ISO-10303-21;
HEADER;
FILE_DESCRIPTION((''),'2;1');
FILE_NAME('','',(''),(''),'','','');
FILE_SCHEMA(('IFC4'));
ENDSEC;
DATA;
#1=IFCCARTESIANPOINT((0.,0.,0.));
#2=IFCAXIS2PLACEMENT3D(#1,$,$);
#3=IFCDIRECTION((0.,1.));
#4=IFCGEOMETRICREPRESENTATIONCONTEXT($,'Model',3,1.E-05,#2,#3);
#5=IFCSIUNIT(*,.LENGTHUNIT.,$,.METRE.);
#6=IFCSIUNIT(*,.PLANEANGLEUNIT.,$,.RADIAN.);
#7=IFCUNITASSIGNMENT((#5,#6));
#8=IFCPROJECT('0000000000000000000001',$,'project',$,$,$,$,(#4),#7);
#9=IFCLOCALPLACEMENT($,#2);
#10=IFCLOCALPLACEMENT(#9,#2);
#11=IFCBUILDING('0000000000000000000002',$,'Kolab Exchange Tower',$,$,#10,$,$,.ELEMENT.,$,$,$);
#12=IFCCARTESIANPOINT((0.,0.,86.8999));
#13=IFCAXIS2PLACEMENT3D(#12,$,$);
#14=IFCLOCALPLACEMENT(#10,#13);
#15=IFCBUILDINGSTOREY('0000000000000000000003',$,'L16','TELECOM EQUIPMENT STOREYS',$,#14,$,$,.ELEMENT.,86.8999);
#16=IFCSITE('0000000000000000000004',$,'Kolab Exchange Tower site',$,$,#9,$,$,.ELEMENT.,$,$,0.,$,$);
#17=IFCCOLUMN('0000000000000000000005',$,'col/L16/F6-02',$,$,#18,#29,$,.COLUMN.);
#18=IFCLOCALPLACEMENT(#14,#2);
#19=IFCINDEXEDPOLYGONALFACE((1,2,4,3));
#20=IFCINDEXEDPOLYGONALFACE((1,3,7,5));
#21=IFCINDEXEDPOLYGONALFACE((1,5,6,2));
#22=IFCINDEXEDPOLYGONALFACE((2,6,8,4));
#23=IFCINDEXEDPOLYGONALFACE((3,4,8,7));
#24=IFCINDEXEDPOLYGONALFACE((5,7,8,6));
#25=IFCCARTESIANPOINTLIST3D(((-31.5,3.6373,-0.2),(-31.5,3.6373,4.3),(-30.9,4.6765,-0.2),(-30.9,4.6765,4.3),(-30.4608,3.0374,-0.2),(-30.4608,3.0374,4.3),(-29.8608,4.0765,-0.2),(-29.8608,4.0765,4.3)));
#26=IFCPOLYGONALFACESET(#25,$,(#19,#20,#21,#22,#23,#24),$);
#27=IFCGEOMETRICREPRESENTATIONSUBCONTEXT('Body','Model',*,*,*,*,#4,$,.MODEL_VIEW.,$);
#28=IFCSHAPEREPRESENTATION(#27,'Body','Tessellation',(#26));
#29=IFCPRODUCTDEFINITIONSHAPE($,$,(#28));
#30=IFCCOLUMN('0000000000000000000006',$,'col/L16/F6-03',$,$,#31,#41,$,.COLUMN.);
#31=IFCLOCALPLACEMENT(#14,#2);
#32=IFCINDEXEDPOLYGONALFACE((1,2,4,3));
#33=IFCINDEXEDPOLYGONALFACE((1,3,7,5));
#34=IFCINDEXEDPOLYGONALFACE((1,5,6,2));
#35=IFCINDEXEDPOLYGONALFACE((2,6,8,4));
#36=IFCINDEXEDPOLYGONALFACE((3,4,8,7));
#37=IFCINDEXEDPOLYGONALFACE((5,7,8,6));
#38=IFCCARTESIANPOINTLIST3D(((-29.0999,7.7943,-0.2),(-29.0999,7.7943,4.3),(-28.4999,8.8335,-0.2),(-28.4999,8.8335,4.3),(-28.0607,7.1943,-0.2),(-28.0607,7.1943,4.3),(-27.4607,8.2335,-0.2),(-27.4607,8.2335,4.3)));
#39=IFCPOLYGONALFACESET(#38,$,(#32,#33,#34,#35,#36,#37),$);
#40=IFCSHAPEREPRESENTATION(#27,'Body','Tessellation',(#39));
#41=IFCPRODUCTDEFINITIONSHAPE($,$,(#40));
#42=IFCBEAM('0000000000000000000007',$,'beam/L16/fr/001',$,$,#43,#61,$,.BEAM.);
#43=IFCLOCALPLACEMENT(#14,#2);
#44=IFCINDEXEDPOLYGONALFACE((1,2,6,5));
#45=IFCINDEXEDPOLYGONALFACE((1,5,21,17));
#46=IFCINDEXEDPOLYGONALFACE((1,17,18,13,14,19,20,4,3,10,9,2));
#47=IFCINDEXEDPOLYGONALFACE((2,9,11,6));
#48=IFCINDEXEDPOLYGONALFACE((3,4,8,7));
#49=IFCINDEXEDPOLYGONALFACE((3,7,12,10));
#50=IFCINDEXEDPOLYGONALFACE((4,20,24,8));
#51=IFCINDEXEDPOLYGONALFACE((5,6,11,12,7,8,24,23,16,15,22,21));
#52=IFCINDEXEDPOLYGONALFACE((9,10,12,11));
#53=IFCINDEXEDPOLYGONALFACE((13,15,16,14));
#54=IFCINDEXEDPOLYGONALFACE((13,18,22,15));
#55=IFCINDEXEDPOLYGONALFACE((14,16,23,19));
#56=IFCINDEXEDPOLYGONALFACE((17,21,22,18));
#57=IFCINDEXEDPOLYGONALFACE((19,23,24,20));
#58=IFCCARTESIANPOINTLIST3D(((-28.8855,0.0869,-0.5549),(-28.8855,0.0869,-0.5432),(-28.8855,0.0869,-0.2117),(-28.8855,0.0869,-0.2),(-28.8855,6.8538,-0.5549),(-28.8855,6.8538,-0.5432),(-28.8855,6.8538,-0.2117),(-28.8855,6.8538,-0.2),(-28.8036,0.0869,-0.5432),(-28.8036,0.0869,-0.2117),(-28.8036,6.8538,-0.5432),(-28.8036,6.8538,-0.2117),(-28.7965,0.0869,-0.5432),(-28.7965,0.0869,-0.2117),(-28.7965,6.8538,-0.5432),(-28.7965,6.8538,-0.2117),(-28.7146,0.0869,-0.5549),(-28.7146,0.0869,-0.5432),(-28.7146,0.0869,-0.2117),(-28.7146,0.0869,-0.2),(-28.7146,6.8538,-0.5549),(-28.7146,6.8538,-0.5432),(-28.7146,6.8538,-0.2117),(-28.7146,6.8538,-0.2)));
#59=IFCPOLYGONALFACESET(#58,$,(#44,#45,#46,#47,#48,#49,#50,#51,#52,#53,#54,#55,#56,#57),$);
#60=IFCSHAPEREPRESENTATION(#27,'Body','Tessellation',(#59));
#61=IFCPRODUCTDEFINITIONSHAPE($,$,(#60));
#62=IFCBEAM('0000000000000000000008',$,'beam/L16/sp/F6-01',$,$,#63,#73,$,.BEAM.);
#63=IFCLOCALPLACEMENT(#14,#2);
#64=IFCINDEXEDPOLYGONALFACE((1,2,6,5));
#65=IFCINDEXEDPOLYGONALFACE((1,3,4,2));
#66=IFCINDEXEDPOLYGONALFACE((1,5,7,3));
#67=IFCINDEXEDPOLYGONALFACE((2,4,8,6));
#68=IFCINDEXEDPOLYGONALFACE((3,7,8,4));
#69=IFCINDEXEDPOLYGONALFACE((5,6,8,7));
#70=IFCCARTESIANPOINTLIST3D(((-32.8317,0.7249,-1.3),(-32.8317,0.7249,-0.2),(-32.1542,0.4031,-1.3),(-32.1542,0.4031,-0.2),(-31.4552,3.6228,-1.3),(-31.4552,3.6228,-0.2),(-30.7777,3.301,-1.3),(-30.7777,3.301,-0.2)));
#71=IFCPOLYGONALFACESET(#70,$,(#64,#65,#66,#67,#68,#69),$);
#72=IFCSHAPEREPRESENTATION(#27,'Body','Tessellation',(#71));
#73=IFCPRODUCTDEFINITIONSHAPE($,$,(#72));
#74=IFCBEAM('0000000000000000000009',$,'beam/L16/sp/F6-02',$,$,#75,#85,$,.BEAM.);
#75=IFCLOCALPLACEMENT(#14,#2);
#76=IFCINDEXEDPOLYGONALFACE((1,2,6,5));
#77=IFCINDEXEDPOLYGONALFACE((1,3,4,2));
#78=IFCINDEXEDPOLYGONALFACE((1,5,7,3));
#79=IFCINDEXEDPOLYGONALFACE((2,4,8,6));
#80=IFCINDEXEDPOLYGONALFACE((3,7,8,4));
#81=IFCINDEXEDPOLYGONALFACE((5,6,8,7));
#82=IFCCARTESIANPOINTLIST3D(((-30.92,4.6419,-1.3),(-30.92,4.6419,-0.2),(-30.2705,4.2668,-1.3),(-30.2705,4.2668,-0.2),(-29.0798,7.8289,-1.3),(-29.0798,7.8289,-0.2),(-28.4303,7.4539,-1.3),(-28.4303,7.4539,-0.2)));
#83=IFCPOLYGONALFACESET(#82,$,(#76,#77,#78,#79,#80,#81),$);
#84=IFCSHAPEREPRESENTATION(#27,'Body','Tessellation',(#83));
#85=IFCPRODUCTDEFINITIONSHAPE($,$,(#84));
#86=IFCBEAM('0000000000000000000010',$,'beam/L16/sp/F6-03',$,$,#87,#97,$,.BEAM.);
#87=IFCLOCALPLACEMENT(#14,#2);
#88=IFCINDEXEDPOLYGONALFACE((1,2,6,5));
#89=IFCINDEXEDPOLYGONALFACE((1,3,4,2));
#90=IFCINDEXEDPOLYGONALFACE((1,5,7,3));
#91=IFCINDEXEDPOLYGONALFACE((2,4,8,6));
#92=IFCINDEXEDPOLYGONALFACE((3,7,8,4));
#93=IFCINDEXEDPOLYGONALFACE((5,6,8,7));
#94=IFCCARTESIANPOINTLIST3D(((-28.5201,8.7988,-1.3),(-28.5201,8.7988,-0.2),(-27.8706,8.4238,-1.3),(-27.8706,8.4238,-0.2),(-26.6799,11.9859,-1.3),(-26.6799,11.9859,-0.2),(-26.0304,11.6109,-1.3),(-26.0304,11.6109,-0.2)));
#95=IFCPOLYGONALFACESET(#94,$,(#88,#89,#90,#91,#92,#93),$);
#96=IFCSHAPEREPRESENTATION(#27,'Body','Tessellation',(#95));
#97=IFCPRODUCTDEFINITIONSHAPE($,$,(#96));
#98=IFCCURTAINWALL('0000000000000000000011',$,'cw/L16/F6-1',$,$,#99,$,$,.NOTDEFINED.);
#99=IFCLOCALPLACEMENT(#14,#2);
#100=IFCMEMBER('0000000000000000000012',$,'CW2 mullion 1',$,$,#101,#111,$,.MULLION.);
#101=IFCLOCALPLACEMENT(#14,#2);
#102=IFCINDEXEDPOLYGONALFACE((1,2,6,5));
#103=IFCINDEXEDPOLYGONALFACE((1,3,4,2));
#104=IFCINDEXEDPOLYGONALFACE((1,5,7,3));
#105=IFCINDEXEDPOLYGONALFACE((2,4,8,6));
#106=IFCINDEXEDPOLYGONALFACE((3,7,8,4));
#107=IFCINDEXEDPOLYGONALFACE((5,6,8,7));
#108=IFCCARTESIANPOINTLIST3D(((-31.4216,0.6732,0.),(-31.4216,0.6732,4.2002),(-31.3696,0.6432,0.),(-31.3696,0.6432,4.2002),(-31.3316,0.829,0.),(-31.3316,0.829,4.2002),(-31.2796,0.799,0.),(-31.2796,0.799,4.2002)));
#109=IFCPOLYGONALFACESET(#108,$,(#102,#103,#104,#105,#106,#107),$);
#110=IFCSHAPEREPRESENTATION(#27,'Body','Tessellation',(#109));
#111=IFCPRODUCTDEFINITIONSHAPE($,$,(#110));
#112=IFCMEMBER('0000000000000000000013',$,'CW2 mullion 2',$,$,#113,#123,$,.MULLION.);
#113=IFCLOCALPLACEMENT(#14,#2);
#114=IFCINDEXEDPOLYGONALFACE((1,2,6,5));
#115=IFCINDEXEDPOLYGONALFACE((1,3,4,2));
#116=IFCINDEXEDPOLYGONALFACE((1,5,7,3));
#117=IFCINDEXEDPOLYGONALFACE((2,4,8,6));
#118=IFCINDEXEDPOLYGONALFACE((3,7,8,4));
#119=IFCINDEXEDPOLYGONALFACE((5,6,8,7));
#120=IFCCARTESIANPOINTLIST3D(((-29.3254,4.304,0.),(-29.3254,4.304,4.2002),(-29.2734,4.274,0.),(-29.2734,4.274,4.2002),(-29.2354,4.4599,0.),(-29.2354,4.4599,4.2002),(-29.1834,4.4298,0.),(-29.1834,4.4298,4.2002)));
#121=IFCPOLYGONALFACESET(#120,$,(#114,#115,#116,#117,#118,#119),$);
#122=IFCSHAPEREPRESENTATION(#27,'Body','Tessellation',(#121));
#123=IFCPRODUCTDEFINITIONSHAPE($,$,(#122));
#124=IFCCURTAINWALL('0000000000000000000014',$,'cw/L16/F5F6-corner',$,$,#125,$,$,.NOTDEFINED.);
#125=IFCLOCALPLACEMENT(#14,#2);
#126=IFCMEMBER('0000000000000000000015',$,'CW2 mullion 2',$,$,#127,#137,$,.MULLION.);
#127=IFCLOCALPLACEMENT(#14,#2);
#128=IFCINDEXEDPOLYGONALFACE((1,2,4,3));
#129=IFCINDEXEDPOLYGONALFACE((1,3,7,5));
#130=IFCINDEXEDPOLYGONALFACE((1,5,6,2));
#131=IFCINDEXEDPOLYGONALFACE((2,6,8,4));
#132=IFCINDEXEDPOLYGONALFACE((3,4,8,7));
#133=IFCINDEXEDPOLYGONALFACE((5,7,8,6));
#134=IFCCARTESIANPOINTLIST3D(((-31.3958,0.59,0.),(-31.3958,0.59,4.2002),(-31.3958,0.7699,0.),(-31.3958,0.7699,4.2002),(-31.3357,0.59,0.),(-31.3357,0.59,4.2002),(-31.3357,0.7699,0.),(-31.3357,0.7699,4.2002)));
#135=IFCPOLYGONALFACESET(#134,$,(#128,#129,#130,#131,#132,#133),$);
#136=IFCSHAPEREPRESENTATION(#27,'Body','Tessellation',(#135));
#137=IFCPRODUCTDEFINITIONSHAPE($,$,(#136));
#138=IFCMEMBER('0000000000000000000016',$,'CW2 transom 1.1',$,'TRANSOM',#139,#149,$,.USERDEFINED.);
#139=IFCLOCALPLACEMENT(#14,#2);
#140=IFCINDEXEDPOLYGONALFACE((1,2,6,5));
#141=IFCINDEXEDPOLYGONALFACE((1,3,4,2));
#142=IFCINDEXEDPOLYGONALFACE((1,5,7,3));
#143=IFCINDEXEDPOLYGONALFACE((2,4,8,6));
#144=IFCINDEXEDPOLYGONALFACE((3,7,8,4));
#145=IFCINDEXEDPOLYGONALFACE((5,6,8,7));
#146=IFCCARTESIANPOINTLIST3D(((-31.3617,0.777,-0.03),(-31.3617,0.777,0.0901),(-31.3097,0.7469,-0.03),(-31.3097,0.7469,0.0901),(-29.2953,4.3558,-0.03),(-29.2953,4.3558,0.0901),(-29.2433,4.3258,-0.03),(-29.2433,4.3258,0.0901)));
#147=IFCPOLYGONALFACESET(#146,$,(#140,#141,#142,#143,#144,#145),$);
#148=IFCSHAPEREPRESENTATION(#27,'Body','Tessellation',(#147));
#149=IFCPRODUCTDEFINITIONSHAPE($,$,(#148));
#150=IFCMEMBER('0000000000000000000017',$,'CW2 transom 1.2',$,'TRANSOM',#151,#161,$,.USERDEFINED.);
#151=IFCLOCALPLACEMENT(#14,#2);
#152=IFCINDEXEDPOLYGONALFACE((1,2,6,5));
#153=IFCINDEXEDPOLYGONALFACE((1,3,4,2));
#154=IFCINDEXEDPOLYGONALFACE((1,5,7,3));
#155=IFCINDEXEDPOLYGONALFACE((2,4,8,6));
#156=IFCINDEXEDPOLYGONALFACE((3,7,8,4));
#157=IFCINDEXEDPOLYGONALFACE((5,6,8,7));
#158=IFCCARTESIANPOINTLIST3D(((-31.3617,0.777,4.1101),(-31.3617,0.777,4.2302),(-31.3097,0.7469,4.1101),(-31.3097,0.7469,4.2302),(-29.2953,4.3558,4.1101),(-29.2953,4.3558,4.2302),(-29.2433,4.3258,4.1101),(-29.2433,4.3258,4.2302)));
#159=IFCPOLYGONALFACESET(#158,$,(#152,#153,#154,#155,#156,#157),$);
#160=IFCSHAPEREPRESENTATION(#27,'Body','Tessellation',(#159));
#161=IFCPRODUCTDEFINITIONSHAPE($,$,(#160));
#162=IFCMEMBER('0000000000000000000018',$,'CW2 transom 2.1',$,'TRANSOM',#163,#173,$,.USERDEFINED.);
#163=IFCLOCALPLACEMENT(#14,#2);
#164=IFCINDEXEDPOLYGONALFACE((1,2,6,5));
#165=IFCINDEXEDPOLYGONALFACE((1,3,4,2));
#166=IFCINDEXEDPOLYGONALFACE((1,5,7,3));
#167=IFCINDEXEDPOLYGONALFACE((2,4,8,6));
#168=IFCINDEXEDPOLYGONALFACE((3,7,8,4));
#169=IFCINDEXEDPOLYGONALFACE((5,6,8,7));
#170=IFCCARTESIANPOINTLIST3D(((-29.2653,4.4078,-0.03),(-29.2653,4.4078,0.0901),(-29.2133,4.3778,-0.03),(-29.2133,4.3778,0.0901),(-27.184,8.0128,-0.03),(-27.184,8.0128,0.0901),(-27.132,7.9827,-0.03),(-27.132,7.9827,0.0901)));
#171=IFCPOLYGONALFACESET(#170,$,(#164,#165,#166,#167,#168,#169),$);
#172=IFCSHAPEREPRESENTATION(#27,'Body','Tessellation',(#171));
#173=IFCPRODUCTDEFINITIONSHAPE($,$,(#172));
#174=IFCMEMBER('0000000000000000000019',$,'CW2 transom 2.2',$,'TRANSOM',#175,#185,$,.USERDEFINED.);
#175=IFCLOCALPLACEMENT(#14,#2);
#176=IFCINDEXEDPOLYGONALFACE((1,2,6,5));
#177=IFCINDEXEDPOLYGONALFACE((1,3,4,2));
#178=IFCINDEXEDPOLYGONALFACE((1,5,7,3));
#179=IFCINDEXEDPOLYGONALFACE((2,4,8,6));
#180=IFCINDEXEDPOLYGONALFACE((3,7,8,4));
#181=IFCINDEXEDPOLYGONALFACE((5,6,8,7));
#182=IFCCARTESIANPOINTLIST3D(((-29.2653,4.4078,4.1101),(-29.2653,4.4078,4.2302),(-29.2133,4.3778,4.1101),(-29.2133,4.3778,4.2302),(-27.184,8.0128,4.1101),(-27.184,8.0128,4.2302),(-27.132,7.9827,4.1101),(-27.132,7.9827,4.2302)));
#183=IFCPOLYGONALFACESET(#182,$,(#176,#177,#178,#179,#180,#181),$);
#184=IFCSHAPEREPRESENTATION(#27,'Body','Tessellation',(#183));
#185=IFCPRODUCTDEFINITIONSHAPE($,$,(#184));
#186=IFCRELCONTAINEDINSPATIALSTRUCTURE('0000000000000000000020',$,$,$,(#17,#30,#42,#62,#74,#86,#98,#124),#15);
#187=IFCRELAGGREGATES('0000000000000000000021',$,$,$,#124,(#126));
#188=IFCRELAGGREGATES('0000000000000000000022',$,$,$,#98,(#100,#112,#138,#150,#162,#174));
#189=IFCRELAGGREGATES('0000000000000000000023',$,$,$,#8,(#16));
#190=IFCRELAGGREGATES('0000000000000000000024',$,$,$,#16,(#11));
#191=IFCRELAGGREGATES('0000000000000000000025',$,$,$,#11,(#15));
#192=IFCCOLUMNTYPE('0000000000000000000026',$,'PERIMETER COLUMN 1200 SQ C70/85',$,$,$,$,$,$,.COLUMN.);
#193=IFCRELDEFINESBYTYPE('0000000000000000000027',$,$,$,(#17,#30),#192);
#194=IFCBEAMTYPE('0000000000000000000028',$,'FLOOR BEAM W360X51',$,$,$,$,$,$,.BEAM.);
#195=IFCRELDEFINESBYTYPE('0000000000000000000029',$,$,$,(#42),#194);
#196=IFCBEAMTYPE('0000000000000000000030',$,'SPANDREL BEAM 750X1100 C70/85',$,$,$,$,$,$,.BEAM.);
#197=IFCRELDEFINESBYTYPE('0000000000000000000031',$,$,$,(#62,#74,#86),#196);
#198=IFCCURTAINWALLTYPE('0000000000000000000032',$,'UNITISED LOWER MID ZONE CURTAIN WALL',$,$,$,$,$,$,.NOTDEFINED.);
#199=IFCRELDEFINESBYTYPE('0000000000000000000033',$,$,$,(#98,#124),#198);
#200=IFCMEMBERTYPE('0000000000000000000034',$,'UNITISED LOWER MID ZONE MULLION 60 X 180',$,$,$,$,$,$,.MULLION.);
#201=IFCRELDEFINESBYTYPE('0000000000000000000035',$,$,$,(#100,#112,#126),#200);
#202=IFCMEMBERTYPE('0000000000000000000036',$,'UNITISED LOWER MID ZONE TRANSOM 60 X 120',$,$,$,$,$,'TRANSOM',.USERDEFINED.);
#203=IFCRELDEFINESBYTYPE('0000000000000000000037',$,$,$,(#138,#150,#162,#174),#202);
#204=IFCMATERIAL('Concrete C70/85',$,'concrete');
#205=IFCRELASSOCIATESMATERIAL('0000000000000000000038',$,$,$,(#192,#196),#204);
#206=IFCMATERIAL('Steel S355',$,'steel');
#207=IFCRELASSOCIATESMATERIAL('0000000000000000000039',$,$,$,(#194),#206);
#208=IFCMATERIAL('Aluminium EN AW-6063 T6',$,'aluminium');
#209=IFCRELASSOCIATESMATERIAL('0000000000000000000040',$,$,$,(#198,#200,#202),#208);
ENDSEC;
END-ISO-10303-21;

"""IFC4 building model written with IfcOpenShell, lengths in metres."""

from ifc_helpers import new_model, si_unit, direction, frame, origin, origin_2d, place, context, subcontext, project, spatial, rectangle, i_section, extrude, material, material_profile, profile_set, type_object, element, aggregate, save


model = new_model("IFC4")

# Units and contexts
model_context = context("Model", 3, precision=1e-05, world=origin(), true_north=direction((0.0, 1.0)))
body_context = subcontext(model_context, "Body", "Model", "MODEL_VIEW")
ifc_project = project(units=[si_unit("LENGTHUNIT", "METRE"), si_unit("PLANEANGLEUNIT", "RADIAN")], contexts=[model_context])

# Site, building, storey
site_placement = place(None, origin())
site = spatial("IfcSite", under=ifc_project, at=site_placement, Name="Kolab Exchange Tower site", CompositionType="ELEMENT", RefElevation=0.0)
building_placement = place(site_placement, origin())
building = spatial("IfcBuilding", under=site, at=building_placement, Name="Kolab Exchange Tower", CompositionType="ELEMENT")
storey_placement = place(building_placement, frame((0.0, 0.0, 86.8999)))
storey = spatial("IfcBuildingStorey", under=building, at=storey_placement, Name="L16", Description="TELECOM EQUIPMENT STOREYS", CompositionType="ELEMENT", Elevation=86.8999)

# Columns
ifc_material_1 = material(Name="Concrete C70/85", Category="concrete")
ifc_material_profile_1 = material_profile(ifc_material_1, rectangle(XDim=1.2, YDim=1.2, at=origin_2d()), Name="RC1200")
ifc_profile_set_1 = profile_set([ifc_material_profile_1], Name="Concrete C70/85")
column_type = type_object("IfcColumnType", Name="PERIMETER COLUMN 1200 SQ C70/85", PredefinedType="COLUMN", material=ifc_profile_set_1)
for number, where, z_axis, x_axis, name in (
    (1, (-30.6804, 3.8569, -0.2), (0.0, 0.0, 1.0), (0.5, 0.866025, 0.0), "col/L16/F6-02"),
    (2, (-28.2803, 8.0139, -0.2), (0.0, 0.0, 1.0), (0.5, 0.866025, 0.0), "col/L16/F6-03"),
):
    element("IfcColumn", number, at=place(storey_placement, frame(where, z_axis=z_axis, x_axis=x_axis)), inside=storey, type_object=column_type, Name=name, PredefinedType="COLUMN", context=body_context, shape_type="SweptSolid", body=[
        extrude(rectangle(XDim=1.2, YDim=1.2, at=origin_2d()), origin(), (0.0, 0.0, 1.0), 4.5),
    ])

# Beams
ifc_material_2 = material(Name="Steel S355", Category="steel")
ifc_material_profile_2 = material_profile(ifc_material_2, i_section(OverallWidth=0.1709, OverallDepth=0.355, WebThickness=0.0071, FlangeThickness=0.0117, at=origin_2d()), Name="W360X51")
ifc_profile_set_2 = profile_set([ifc_material_profile_2], Name="Steel S355")
beam_type_1 = type_object("IfcBeamType", Name="FLOOR BEAM W360X51", PredefinedType="BEAM", material=ifc_profile_set_2)
beam_1_placement = place(storey_placement, frame((-28.8, 0.0869, -0.3774), z_axis=(0.0, 1.0, 0.0), x_axis=(-1.0, 0.0, 0.0)))
element("IfcBeam", 3, at=beam_1_placement, inside=storey, type_object=beam_type_1, Name="beam/L16/fr/001", PredefinedType="BEAM", context=body_context, shape_type="SweptSolid", body=[
    extrude(i_section(OverallWidth=0.1709, OverallDepth=0.355, WebThickness=0.0071, FlangeThickness=0.0117, at=origin_2d()), origin(), (0.0, 0.0, 1.0), 6.7668),
])
ifc_material_profile_3 = material_profile(ifc_material_1, rectangle(XDim=0.75, YDim=1.1001, at=origin_2d()), Name="RC750X1100")
ifc_profile_set_3 = profile_set([ifc_material_profile_3], Name="Concrete C70/85")
beam_type_2 = type_object("IfcBeamType", Name="SPANDREL BEAM 750X1100 C70/85", PredefinedType="BEAM", material=ifc_profile_set_3)
beam_2_placement = place(storey_placement, frame((-32.4929, 0.564, -0.75), z_axis=(0.429041, 0.903285, 0.0), x_axis=(-0.903285, 0.429041, 0.0)))
element("IfcBeam", 4, at=beam_2_placement, inside=storey, type_object=beam_type_2, Name="beam/L16/sp/F6-01", PredefinedType="BEAM", context=body_context, shape_type="SweptSolid", body=[
    extrude(rectangle(XDim=0.75, YDim=1.1001, at=origin_2d()), origin(), (0.0, 0.0, 1.0), 3.2083),
])
for number, where, z_axis, x_axis, name in (
    (5, (-30.5952, 4.4543, -0.75), (0.500013, 0.866018, 0.0), (-0.866018, 0.500013, 0.0), "beam/L16/sp/F6-02"),
    (6, (-28.1953, 8.6113, -0.75), (0.500013, 0.866018, 0.0), (-0.866018, 0.500013, 0.0), "beam/L16/sp/F6-03"),
):
    element("IfcBeam", number, at=place(storey_placement, frame(where, z_axis=z_axis, x_axis=x_axis)), inside=storey, type_object=beam_type_2, Name=name, PredefinedType="BEAM", context=body_context, shape_type="SweptSolid", body=[
        extrude(rectangle(XDim=0.75, YDim=1.1001, at=origin_2d()), origin(), (0.0, 0.0, 1.0), 3.6802),
    ])

# Curtain wall, members
ifc_material_3 = material(Name="Aluminium EN AW-6063 T6", Category="aluminium")
curtain_wall_type = type_object("IfcCurtainWallType", Name="UNITISED LOWER MID ZONE CURTAIN WALL", PredefinedType="NOTDEFINED", material=ifc_material_3)
curtain_wall_1_placement = place(storey_placement, origin())
curtain_wall_1 = element("IfcCurtainWall", 7, at=curtain_wall_1_placement, inside=storey, type_object=curtain_wall_type, Name="cw/L16/F6-1", PredefinedType="NOTDEFINED")
ifc_material_profile_4 = material_profile(ifc_material_3, rectangle(XDim=0.0601, YDim=0.1799, at=origin_2d()), Name="RECT 60X180")
ifc_profile_set_4 = profile_set([ifc_material_profile_4], Name="Aluminium EN AW-6063 T6")
member_type_1 = type_object("IfcMemberType", Name="UNITISED LOWER MID ZONE MULLION 60 X 180", PredefinedType="MULLION", material=ifc_profile_set_4)
member_1_placement = place(storey_placement, frame((-31.3506, 0.7361, 0.0), z_axis=(0.0, 0.0, 1.0), x_axis=(-0.866025, 0.5, 0.0)))
member_1 = element("IfcMember", 8, at=member_1_placement, type_object=member_type_1, Name="CW2 mullion 1", PredefinedType="MULLION", context=body_context, shape_type="SweptSolid", body=[
    extrude(rectangle(XDim=0.0601, YDim=0.1799, at=origin_2d()), origin(), (0.0, 0.0, 1.0), 4.2002),
])
member_2_placement = place(storey_placement, frame((-29.2544, 4.3669, 0.0), z_axis=(0.0, 0.0, 1.0), x_axis=(-0.866025, 0.5, 0.0)))
member_2 = element("IfcMember", 9, at=member_2_placement, type_object=member_type_1, Name="CW2 mullion 2", PredefinedType="MULLION", context=body_context, shape_type="SweptSolid", body=[
    extrude(rectangle(XDim=0.0601, YDim=0.1799, at=origin_2d()), origin(), (0.0, 0.0, 1.0), 4.2002),
])

# Curtain wall, member
curtain_wall_2_placement = place(storey_placement, origin())
curtain_wall_2 = element("IfcCurtainWall", 10, at=curtain_wall_2_placement, inside=storey, type_object=curtain_wall_type, Name="cw/L16/F5F6-corner", PredefinedType="NOTDEFINED")
member_3_placement = place(storey_placement, frame((-31.3657, 0.6799, 0.0), z_axis=(0.0, 0.0, 1.0), x_axis=(-1.0, 0.0, 0.0)))
member_3 = element("IfcMember", 11, at=member_3_placement, type_object=member_type_1, Name="CW2 mullion 2", PredefinedType="MULLION", context=body_context, shape_type="SweptSolid", body=[
    extrude(rectangle(XDim=0.0601, YDim=0.1799, at=origin_2d()), origin(), (0.0, 0.0, 1.0), 4.2002),
])
aggregate(curtain_wall_2, [member_3])

# Members
ifc_material_profile_5 = material_profile(ifc_material_3, rectangle(XDim=0.0601, YDim=0.1201, at=origin_2d()), Name="RECT 60X120")
ifc_profile_set_5 = profile_set([ifc_material_profile_5], Name="Aluminium EN AW-6063 T6")
member_type_2 = type_object("IfcMemberType", Name="UNITISED LOWER MID ZONE TRANSOM 60 X 120", ElementType="TRANSOM", PredefinedType="USERDEFINED", material=ifc_profile_set_5)
member_4_placement = place(storey_placement, frame((-31.3357, 0.762, 0.03), z_axis=(0.500028, 0.866009, 0.0), x_axis=(-0.866009, 0.500028, 0.0)))
member_4 = element("IfcMember", 12, at=member_4_placement, type_object=member_type_2, Name="CW2 transom 1.1", ObjectType="TRANSOM", PredefinedType="USERDEFINED", context=body_context, shape_type="SweptSolid", body=[
    extrude(rectangle(XDim=0.0601, YDim=0.1201, at=origin_2d()), origin(), (0.0, 0.0, 1.0), 4.1326),
])
member_5_placement = place(storey_placement, frame((-31.3357, 0.762, 4.1702), z_axis=(0.500028, 0.866009, 0.0), x_axis=(-0.866009, 0.500028, 0.0)))
member_5 = element("IfcMember", 13, at=member_5_placement, type_object=member_type_2, Name="CW2 transom 1.2", ObjectType="TRANSOM", PredefinedType="USERDEFINED", context=body_context, shape_type="SweptSolid", body=[
    extrude(rectangle(XDim=0.0601, YDim=0.1201, at=origin_2d()), origin(), (0.0, 0.0, 1.0), 4.1326),
])
member_6_placement = place(storey_placement, frame((-29.2393, 4.3928, 0.03), z_axis=(0.499993, 0.866029, 0.0), x_axis=(-0.866029, 0.499993, 0.0)))
member_6 = element("IfcMember", 14, at=member_6_placement, type_object=member_type_2, Name="CW2 transom 2.1", ObjectType="TRANSOM", PredefinedType="USERDEFINED", context=body_context, shape_type="SweptSolid", body=[
    extrude(rectangle(XDim=0.0601, YDim=0.1201, at=origin_2d()), origin(), (0.0, 0.0, 1.0), 4.1626),
])
member_7_placement = place(storey_placement, frame((-29.2393, 4.3928, 4.1702), z_axis=(0.499993, 0.866029, 0.0), x_axis=(-0.866029, 0.499993, 0.0)))
member_7 = element("IfcMember", 15, at=member_7_placement, type_object=member_type_2, Name="CW2 transom 2.2", ObjectType="TRANSOM", PredefinedType="USERDEFINED", context=body_context, shape_type="SweptSolid", body=[
    extrude(rectangle(XDim=0.0601, YDim=0.1201, at=origin_2d()), origin(), (0.0, 0.0, 1.0), 4.1626),
])

aggregate(curtain_wall_1, [member_1, member_2, member_4, member_5, member_6, member_7])

save(model, "model.ifc")
